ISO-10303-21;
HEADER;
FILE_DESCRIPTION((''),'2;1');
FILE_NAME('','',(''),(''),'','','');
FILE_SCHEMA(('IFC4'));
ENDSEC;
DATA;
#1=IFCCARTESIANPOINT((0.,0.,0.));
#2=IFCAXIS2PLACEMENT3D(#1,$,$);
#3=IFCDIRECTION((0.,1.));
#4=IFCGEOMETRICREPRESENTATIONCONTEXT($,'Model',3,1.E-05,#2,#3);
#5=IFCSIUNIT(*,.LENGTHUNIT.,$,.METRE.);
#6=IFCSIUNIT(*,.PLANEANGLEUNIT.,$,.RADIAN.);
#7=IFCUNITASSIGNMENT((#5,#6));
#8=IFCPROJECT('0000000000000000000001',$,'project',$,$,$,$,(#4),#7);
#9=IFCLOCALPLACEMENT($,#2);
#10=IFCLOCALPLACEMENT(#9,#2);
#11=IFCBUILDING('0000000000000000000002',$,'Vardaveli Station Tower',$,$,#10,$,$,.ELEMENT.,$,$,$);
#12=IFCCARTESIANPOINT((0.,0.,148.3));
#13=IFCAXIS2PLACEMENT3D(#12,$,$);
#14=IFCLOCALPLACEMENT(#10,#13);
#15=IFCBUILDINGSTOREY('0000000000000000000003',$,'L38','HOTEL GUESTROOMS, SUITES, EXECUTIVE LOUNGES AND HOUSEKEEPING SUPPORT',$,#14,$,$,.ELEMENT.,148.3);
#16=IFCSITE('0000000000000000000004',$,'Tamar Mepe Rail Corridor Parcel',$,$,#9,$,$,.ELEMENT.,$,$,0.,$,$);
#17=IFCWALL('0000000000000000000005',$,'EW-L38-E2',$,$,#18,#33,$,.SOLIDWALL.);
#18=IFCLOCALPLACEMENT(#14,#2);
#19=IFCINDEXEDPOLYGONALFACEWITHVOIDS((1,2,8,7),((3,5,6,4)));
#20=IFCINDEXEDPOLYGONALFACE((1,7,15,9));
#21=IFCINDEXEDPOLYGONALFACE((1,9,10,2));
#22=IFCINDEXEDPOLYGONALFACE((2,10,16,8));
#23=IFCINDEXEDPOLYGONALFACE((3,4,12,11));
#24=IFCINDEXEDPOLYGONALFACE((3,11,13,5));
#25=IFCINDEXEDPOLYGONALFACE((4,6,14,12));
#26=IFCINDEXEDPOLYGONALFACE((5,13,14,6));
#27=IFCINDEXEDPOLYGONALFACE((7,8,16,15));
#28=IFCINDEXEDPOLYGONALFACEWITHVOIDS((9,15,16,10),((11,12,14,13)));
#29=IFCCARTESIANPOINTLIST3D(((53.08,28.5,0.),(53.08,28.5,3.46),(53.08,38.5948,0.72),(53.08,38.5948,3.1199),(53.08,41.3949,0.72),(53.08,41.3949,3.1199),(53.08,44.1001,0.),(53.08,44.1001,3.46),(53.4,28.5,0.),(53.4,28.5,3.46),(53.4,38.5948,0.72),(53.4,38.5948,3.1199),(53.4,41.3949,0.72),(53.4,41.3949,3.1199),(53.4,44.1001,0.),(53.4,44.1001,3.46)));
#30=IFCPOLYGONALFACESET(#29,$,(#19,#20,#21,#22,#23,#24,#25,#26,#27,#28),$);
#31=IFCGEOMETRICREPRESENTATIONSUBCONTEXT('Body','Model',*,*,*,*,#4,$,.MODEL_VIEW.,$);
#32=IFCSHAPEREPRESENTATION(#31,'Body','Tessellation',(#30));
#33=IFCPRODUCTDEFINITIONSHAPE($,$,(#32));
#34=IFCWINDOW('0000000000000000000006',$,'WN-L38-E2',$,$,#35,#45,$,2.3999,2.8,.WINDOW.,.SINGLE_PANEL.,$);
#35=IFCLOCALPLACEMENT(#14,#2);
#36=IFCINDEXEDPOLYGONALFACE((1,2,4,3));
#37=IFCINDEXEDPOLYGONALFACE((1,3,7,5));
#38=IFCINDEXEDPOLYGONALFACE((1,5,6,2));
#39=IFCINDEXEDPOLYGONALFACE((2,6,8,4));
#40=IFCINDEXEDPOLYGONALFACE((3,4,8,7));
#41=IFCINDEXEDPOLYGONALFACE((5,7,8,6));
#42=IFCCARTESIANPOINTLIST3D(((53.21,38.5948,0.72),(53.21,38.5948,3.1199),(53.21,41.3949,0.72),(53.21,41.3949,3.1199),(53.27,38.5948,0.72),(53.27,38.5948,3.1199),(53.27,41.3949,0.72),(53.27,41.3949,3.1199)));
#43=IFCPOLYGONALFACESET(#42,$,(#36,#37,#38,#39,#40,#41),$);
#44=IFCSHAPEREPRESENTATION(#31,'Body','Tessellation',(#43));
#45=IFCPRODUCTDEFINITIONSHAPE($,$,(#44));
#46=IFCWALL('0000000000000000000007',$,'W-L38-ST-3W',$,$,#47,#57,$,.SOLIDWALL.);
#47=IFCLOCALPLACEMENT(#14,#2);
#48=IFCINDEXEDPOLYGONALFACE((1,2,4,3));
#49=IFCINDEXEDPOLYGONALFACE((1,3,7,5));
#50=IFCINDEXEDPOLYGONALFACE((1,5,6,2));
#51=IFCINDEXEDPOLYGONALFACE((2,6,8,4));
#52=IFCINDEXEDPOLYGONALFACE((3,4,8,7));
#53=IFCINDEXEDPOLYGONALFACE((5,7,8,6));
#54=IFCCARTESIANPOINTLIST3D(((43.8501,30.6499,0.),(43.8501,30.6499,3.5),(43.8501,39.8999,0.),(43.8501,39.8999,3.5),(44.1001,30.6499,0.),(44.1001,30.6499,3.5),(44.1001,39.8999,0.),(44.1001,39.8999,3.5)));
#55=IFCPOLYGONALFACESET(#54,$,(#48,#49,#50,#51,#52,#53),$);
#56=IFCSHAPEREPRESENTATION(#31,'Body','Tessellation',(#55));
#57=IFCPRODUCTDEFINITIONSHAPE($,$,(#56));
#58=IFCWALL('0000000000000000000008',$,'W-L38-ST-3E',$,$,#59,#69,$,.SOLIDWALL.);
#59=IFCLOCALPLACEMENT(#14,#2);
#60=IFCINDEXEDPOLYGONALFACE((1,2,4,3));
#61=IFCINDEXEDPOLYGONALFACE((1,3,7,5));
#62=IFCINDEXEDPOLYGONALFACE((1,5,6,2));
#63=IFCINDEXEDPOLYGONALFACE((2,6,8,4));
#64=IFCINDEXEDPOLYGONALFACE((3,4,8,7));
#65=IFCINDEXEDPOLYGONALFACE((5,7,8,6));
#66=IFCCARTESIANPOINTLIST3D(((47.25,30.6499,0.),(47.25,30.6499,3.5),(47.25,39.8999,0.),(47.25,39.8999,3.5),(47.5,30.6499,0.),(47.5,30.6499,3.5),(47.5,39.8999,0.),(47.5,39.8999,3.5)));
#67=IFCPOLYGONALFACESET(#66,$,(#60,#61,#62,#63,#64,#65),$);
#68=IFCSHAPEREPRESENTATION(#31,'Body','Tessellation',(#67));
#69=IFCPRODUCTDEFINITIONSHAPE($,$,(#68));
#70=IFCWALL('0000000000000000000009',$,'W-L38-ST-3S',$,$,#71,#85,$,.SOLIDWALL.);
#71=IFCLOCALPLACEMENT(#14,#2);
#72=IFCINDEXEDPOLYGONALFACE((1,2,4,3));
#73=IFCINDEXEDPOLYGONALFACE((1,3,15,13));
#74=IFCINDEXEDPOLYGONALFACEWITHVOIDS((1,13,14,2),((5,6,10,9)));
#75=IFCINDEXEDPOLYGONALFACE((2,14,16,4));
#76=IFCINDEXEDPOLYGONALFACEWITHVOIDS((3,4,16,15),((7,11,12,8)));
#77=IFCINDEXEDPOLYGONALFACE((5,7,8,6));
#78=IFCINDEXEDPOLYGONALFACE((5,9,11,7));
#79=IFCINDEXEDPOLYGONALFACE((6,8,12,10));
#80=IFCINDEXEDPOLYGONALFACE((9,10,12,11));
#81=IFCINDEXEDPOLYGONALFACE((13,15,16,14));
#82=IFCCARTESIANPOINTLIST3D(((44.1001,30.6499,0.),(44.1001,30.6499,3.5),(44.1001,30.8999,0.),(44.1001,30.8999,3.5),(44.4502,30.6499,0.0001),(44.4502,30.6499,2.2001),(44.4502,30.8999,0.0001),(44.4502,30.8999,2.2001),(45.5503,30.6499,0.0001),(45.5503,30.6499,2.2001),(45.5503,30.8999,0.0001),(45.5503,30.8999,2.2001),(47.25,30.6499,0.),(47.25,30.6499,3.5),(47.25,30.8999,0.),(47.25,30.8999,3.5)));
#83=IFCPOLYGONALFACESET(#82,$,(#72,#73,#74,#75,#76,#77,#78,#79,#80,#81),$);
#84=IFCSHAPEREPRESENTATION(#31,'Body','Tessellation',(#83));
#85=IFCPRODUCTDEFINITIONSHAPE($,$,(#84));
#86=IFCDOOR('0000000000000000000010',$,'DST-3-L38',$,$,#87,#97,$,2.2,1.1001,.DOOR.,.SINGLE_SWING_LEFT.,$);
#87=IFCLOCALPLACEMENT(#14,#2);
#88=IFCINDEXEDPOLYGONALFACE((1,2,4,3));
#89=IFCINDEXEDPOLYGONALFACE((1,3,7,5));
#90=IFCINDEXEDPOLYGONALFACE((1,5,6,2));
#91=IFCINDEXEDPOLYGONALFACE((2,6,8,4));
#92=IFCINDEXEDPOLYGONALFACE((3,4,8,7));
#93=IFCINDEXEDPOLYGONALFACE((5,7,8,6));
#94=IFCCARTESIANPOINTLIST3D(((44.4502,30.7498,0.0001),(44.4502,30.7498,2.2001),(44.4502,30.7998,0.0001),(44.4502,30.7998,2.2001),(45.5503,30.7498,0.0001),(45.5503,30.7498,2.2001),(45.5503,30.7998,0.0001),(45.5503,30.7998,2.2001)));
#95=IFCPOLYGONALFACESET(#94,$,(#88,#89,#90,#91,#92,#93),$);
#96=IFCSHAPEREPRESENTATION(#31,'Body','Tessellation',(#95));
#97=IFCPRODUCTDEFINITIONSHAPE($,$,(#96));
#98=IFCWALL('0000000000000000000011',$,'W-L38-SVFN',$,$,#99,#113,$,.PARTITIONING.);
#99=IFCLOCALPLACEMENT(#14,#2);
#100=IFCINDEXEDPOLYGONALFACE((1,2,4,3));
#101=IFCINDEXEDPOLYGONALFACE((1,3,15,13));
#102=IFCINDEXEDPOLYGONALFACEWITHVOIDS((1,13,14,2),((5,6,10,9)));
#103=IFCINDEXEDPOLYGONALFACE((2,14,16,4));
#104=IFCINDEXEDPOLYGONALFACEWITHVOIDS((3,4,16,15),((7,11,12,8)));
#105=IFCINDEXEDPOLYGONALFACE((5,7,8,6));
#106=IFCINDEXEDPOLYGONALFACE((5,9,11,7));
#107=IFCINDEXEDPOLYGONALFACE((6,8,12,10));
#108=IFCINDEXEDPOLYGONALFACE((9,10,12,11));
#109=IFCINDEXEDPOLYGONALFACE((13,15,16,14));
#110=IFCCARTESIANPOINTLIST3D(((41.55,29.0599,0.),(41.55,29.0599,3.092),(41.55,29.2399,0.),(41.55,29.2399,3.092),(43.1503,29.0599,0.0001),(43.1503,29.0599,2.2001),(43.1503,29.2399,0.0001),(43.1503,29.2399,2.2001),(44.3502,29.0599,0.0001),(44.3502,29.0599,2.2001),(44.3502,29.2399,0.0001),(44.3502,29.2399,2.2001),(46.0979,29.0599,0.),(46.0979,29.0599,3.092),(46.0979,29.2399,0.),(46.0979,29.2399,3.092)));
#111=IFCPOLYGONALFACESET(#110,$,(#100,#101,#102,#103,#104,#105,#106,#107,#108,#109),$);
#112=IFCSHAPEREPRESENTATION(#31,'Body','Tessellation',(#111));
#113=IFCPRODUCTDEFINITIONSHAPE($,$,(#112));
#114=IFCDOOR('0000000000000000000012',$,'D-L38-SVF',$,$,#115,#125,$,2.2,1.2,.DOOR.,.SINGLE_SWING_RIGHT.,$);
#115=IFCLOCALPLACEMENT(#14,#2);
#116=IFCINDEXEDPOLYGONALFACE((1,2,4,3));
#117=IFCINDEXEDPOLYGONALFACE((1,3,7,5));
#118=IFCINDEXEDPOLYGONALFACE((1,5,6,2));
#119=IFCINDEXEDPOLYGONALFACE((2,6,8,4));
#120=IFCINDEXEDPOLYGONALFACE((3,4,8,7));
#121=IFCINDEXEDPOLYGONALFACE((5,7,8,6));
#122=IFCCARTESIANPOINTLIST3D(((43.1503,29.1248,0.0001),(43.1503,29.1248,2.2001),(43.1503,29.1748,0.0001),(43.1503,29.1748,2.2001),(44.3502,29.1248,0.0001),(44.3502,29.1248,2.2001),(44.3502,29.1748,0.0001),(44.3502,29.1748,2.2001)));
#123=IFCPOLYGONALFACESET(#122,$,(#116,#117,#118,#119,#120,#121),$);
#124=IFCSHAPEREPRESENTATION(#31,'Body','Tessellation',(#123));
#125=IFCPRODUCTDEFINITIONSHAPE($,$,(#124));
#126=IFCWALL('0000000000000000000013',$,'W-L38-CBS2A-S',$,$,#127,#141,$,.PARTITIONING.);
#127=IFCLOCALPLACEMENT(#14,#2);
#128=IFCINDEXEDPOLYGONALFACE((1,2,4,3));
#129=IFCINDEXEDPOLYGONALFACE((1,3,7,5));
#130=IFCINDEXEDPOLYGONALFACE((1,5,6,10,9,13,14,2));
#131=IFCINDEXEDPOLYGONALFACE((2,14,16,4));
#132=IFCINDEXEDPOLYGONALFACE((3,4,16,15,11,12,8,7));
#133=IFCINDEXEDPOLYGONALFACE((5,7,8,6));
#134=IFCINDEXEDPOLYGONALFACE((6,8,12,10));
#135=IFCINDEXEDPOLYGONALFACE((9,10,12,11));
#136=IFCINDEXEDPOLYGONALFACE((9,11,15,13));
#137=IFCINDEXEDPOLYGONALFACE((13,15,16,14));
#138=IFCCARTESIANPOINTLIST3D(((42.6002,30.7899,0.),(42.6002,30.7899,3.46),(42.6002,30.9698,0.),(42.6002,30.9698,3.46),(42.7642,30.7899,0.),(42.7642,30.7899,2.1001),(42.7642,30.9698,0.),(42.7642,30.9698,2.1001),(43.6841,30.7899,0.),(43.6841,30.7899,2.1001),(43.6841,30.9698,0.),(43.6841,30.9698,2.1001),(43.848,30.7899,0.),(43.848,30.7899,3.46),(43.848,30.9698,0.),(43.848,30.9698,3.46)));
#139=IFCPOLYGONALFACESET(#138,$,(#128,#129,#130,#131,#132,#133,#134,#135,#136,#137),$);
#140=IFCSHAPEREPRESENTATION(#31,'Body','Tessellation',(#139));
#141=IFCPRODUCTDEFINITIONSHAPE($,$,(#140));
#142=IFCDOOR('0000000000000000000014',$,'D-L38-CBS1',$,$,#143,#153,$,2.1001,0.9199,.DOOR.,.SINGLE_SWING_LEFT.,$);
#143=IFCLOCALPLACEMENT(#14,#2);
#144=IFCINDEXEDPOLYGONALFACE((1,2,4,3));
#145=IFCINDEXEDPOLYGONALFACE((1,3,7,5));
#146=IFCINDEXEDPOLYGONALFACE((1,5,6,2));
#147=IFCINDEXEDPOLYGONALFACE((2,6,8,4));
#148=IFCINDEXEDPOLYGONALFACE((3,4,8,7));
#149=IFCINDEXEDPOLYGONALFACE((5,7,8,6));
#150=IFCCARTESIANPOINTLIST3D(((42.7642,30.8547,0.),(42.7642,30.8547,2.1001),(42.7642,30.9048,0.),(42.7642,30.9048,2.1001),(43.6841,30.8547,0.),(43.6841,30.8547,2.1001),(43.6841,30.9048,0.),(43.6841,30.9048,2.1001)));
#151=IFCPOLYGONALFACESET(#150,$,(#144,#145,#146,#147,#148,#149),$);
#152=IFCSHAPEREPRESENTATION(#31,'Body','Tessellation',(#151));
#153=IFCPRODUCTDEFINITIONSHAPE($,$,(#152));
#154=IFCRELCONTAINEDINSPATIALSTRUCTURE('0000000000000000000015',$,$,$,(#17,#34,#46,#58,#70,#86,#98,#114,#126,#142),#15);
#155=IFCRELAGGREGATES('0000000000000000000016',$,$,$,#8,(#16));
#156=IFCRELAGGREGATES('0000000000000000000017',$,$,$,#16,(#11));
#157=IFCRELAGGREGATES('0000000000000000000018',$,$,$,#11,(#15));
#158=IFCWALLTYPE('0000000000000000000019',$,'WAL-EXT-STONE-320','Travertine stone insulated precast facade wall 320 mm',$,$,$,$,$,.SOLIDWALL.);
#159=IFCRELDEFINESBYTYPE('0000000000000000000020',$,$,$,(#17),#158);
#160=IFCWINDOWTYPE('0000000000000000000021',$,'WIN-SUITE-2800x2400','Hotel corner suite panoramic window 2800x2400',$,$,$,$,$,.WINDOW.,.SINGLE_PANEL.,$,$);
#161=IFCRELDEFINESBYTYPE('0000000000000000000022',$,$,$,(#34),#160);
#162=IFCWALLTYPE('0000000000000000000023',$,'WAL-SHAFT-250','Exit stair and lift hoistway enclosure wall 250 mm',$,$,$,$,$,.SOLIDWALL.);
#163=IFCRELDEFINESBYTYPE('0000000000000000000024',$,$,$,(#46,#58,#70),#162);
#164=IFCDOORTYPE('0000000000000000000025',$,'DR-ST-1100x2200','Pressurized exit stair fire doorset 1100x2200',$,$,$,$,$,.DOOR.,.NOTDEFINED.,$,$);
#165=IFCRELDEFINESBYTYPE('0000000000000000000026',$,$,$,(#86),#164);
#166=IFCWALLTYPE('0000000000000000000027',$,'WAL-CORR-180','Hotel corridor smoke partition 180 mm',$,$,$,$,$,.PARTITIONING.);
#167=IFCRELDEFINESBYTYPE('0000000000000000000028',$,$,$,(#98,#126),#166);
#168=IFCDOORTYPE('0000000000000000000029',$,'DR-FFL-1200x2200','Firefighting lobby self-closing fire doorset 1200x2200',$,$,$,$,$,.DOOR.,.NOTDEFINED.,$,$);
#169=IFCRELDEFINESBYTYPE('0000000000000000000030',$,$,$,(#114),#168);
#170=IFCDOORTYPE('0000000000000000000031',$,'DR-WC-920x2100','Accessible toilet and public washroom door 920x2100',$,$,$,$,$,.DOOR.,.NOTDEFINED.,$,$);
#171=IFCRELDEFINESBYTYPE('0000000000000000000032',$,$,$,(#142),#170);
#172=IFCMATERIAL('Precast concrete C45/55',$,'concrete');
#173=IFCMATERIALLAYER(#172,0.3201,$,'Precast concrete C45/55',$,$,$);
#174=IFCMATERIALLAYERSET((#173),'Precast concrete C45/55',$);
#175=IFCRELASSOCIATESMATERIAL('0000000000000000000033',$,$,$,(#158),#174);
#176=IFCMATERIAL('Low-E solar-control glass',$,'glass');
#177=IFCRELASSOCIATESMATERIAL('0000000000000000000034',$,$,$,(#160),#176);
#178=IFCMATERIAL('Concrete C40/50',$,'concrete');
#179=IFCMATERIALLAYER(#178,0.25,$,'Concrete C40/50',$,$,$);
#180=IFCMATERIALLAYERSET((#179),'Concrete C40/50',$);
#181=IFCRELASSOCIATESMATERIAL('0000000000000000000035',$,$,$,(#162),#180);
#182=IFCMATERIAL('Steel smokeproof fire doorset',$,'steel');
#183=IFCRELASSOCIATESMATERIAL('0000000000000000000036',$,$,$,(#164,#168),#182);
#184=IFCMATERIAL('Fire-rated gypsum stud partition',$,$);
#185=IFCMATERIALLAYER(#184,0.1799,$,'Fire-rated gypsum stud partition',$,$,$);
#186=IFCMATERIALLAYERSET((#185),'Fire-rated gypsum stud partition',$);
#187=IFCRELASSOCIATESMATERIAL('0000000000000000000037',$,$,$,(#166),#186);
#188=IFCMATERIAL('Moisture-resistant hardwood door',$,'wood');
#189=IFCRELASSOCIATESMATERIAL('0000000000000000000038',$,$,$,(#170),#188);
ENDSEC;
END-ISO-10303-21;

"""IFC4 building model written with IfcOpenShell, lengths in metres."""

from ifc_helpers import new_model, si_unit, direction, frame, frame_2d, origin, place, context, subcontext, project, spatial, rectangle, extrude, source, transform, mapped, material, layer, layer_set, type_object, element, fill, save


model = new_model("IFC4")

# Units and contexts
model_context = context("Model", 3, precision=1e-05, world=origin(), true_north=direction((0.0, 1.0)))
body_context = subcontext(model_context, "Body", "Model", "MODEL_VIEW")
ifc_project = project(units=[si_unit("LENGTHUNIT", "METRE"), si_unit("PLANEANGLEUNIT", "RADIAN")], contexts=[model_context])

# Site, building, storey
site_placement = place(None, origin())
site = spatial("IfcSite", under=ifc_project, at=site_placement, Name="Tamar Mepe Rail Corridor Parcel", CompositionType="ELEMENT", RefElevation=0.0)
building_placement = place(site_placement, origin())
building = spatial("IfcBuilding", under=site, at=building_placement, Name="Vardaveli Station Tower", CompositionType="ELEMENT")
storey_placement = place(building_placement, frame((0.0, 0.0, 148.3)))
storey = spatial("IfcBuildingStorey", under=building, at=storey_placement, Name="L38", Description="HOTEL GUESTROOMS, SUITES, EXECUTIVE LOUNGES AND HOUSEKEEPING SUPPORT", CompositionType="ELEMENT", Elevation=148.3)

# Shared definitions
ifc_material_1 = material(Name="Precast concrete C45/55", Category="concrete")

# Wall, opening, window
ifc_layer_1 = layer(ifc_material_1, 0.3201, Name="Precast concrete C45/55")
ifc_layer_set_1 = layer_set([ifc_layer_1], Name="Precast concrete C45/55")
wall_type_1 = type_object("IfcWallType", Name="WAL-EXT-STONE-320", Description="Travertine stone insulated precast facade wall 320 mm", PredefinedType="SOLIDWALL", material=ifc_layer_set_1)
shared_shape_1 = source(origin(), body_context, "Body", "SweptSolid", [
    extrude(rectangle(XDim=15.6001, YDim=0.3201, at=frame_2d((7.8, 0.0))), origin(), (0.0, 0.0, 1.0), 3.46),
])
wall_1_placement = place(storey_placement, frame((53.24, 28.5, 0.0), z_axis=(0.0, 0.0, 1.0), x_axis=(0.0, 1.0, 0.0)))
wall_1 = element("IfcWall", 1, at=wall_1_placement, inside=storey, type_object=wall_type_1, Name="EW-L38-E2", PredefinedType="SOLIDWALL", context=body_context, shape_type="MappedRepresentation", body=[
    mapped(shared_shape_1, transform((0.0, 0.0, 0.0), scale=1.0)),
])
shared_shape_2 = source(origin(), body_context, "Body", "SweptSolid", [
    extrude(rectangle(XDim=2.8, YDim=2.3999, at=frame_2d((1.3999, 1.2))), frame((0.0, 0.1699, 0.0), z_axis=(0.0, -1.0, 0.0), x_axis=(1.0, 0.0, 0.0)), (0.0, 0.0, 1.0), 0.3401),
])
opening_1_placement = place(wall_1_placement, frame((10.095, 0.0, 0.72)))
opening_1 = element("IfcOpeningElement", 2, at=opening_1_placement, cuts=wall_1, PredefinedType="OPENING", context=body_context, shape_type="MappedRepresentation", body=[
    mapped(shared_shape_2, transform((0.0, 0.0, 0.0), scale=1.0)),
])
ifc_material_2 = material(Name="Low-E solar-control glass", Category="glass")
window_type = type_object("IfcWindowType", Name="WIN-SUITE-2800x2400", Description="Hotel corner suite panoramic window 2800x2400", PartitioningType="SINGLE_PANEL", PredefinedType="WINDOW", material=ifc_material_2)
shared_shape_3 = source(origin(), body_context, "Body", "SweptSolid", [
    extrude(rectangle(XDim=2.8, YDim=2.3999, at=frame_2d((1.3999, 1.2))), frame((0.0, 0.03, 0.0), z_axis=(0.0, -1.0, 0.0), x_axis=(1.0, 0.0, 0.0)), (0.0, 0.0, 1.0), 0.0601),
])
window_placement = place(opening_1_placement, origin())
window = element("IfcWindow", 3, at=window_placement, inside=storey, type_object=window_type, Name="WN-L38-E2", OverallHeight=2.3999, OverallWidth=2.8, PartitioningType="SINGLE_PANEL", PredefinedType="WINDOW", context=body_context, shape_type="MappedRepresentation", body=[
    mapped(shared_shape_3, transform((0.0, 0.0, 0.0), scale=1.0)),
])
fill(opening_1, window)

# Walls
ifc_material_3 = material(Name="Concrete C40/50", Category="concrete")
ifc_layer_2 = layer(ifc_material_3, 0.25, Name="Concrete C40/50")
ifc_layer_set_2 = layer_set([ifc_layer_2], Name="Concrete C40/50")
wall_type_2 = type_object("IfcWallType", Name="WAL-SHAFT-250", Description="Exit stair and lift hoistway enclosure wall 250 mm", PredefinedType="SOLIDWALL", material=ifc_layer_set_2)
shared_shape_4 = source(origin(), body_context, "Body", "SweptSolid", [
    extrude(rectangle(XDim=9.25, YDim=0.25, at=frame_2d((4.625, 0.0))), origin(), (0.0, 0.0, 1.0), 3.5),
])
for number, where, z_axis, x_axis, name in (
    (4, (43.9751, 30.6499, 0.0), (0.0, 0.0, 1.0), (0.0, 1.0, 0.0), "W-L38-ST-3W"),
    (5, (47.375, 30.6499, 0.0), (0.0, 0.0, 1.0), (0.0, 1.0, 0.0), "W-L38-ST-3E"),
):
    element("IfcWall", number, at=place(storey_placement, frame(where, z_axis=z_axis, x_axis=x_axis)), inside=storey, type_object=wall_type_2, Name=name, PredefinedType="SOLIDWALL", context=body_context, shape_type="MappedRepresentation", body=[
        mapped(shared_shape_4, transform((0.0, 0.0, 0.0), scale=1.0)),
    ])

# Walls, openings, doors
shared_shape_5 = source(origin(), body_context, "Body", "SweptSolid", [
    extrude(rectangle(XDim=3.1499, YDim=0.25, at=frame_2d((1.575, 0.0))), origin(), (0.0, 0.0, 1.0), 3.5),
])
wall_2_placement = place(storey_placement, frame((44.1001, 30.7749, 0.0), z_axis=(0.0, 0.0, 1.0), x_axis=(1.0, 0.0, 0.0)))
wall_2 = element("IfcWall", 6, at=wall_2_placement, inside=storey, type_object=wall_type_2, Name="W-L38-ST-3S", PredefinedType="SOLIDWALL", context=body_context, shape_type="MappedRepresentation", body=[
    mapped(shared_shape_5, transform((0.0, 0.0, 0.0), scale=1.0)),
])
shared_shape_6 = source(origin(), body_context, "Body", "SweptSolid", [
    extrude(rectangle(XDim=1.1001, YDim=2.2, at=frame_2d((0.55, 1.1001))), frame((0.0, 0.135, 0.0), z_axis=(0.0, -1.0, 0.0), x_axis=(1.0, 0.0, 0.0)), (0.0, 0.0, 1.0), 0.27),
])
opening_2_placement = place(wall_2_placement, frame((0.3501, 0.0, 0.0)))
opening_2 = element("IfcOpeningElement", 7, at=opening_2_placement, cuts=wall_2, PredefinedType="OPENING", context=body_context, shape_type="MappedRepresentation", body=[
    mapped(shared_shape_6, transform((0.0, 0.0, 0.0), scale=1.0)),
])
ifc_material_4 = material(Name="Steel smokeproof fire doorset", Category="steel")
door_type_1 = type_object("IfcDoorType", Name="DR-ST-1100x2200", Description="Pressurized exit stair fire doorset 1100x2200", OperationType="NOTDEFINED", PredefinedType="DOOR", material=ifc_material_4)
shared_shape_7 = source(origin(), body_context, "Body", "SweptSolid", [
    extrude(rectangle(XDim=1.1001, YDim=2.2, at=frame_2d((0.55, 1.1001))), frame((0.0, 0.0249, 0.0), z_axis=(0.0, -1.0, 0.0), x_axis=(1.0, 0.0, 0.0)), (0.0, 0.0, 1.0), 0.05),
])
door_1_placement = place(opening_2_placement, origin())
door_1 = element("IfcDoor", 8, at=door_1_placement, inside=storey, type_object=door_type_1, Name="DST-3-L38", OperationType="SINGLE_SWING_LEFT", OverallHeight=2.2, OverallWidth=1.1001, PredefinedType="DOOR", context=body_context, shape_type="MappedRepresentation", body=[
    mapped(shared_shape_7, transform((0.0, 0.0, 0.0), scale=1.0)),
])
fill(opening_2, door_1)
ifc_material_5 = material(Name="Fire-rated gypsum stud partition")
ifc_layer_3 = layer(ifc_material_5, 0.1799, Name="Fire-rated gypsum stud partition")
ifc_layer_set_3 = layer_set([ifc_layer_3], Name="Fire-rated gypsum stud partition")
wall_type_3 = type_object("IfcWallType", Name="WAL-CORR-180", Description="Hotel corridor smoke partition 180 mm", PredefinedType="PARTITIONING", material=ifc_layer_set_3)
shared_shape_8 = source(origin(), body_context, "Body", "SweptSolid", [
    extrude(rectangle(XDim=4.5479, YDim=0.1799, at=frame_2d((2.2739, 0.0))), origin(), (0.0, 0.0, 1.0), 3.092),
])
wall_3_placement = place(storey_placement, frame((41.55, 29.1499, 0.0), z_axis=(0.0, 0.0, 1.0), x_axis=(1.0, 0.0, 0.0)))
wall_3 = element("IfcWall", 9, at=wall_3_placement, inside=storey, type_object=wall_type_3, Name="W-L38-SVFN", PredefinedType="PARTITIONING", context=body_context, shape_type="MappedRepresentation", body=[
    mapped(shared_shape_8, transform((0.0, 0.0, 0.0), scale=1.0)),
])
shared_shape_9 = source(origin(), body_context, "Body", "SweptSolid", [
    extrude(rectangle(XDim=1.2, YDim=2.2, at=frame_2d((0.6001, 1.1001))), frame((0.0, 0.1001, 0.0), z_axis=(0.0, -1.0, 0.0), x_axis=(1.0, 0.0, 0.0)), (0.0, 0.0, 1.0), 0.2),
])
opening_3_placement = place(wall_3_placement, frame((1.6001, 0.0, 0.0)))
opening_3 = element("IfcOpeningElement", 10, at=opening_3_placement, cuts=wall_3, PredefinedType="OPENING", context=body_context, shape_type="MappedRepresentation", body=[
    mapped(shared_shape_9, transform((0.0, 0.0, 0.0), scale=1.0)),
])
door_type_2 = type_object("IfcDoorType", Name="DR-FFL-1200x2200", Description="Firefighting lobby self-closing fire doorset 1200x2200", OperationType="NOTDEFINED", PredefinedType="DOOR", material=ifc_material_4)
shared_shape_10 = source(origin(), body_context, "Body", "SweptSolid", [
    extrude(rectangle(XDim=1.2, YDim=2.2, at=frame_2d((0.6001, 1.1001))), frame((0.0, 0.0249, 0.0), z_axis=(0.0, -1.0, 0.0), x_axis=(1.0, 0.0, 0.0)), (0.0, 0.0, 1.0), 0.05),
])
door_2_placement = place(opening_3_placement, origin())
door_2 = element("IfcDoor", 11, at=door_2_placement, inside=storey, type_object=door_type_2, Name="D-L38-SVF", OperationType="SINGLE_SWING_RIGHT", OverallHeight=2.2, OverallWidth=1.2, PredefinedType="DOOR", context=body_context, shape_type="MappedRepresentation", body=[
    mapped(shared_shape_10, transform((0.0, 0.0, 0.0), scale=1.0)),
])
fill(opening_3, door_2)
shared_shape_11 = source(origin(), body_context, "Body", "SweptSolid", [
    extrude(rectangle(XDim=1.2478, YDim=0.1799, at=frame_2d((0.624, 0.0))), origin(), (0.0, 0.0, 1.0), 3.46),
])
wall_4_placement = place(storey_placement, frame((42.6001, 30.8799, 0.0), z_axis=(0.0, 0.0, 1.0), x_axis=(1.0, 0.0, 0.0)))
wall_4 = element("IfcWall", 12, at=wall_4_placement, inside=storey, type_object=wall_type_3, Name="W-L38-CBS2A-S", PredefinedType="PARTITIONING", context=body_context, shape_type="MappedRepresentation", body=[
    mapped(shared_shape_11, transform((0.0, 0.0, 0.0), scale=1.0)),
])
shared_shape_12 = source(origin(), body_context, "Body", "SweptSolid", [
    extrude(rectangle(XDim=0.9199, YDim=2.1001, at=frame_2d((0.46, 1.05))), frame((0.0, 0.1001, 0.0), z_axis=(0.0, -1.0, 0.0), x_axis=(1.0, 0.0, 0.0)), (0.0, 0.0, 1.0), 0.2),
])
opening_4_placement = place(wall_4_placement, frame((0.1641, 0.0, 0.0)))
opening_4 = element("IfcOpeningElement", 13, at=opening_4_placement, cuts=wall_4, PredefinedType="OPENING", context=body_context, shape_type="MappedRepresentation", body=[
    mapped(shared_shape_12, transform((0.0, 0.0, 0.0), scale=1.0)),
])
ifc_material_6 = material(Name="Moisture-resistant hardwood door", Category="wood")
door_type_3 = type_object("IfcDoorType", Name="DR-WC-920x2100", Description="Accessible toilet and public washroom door 920x2100", OperationType="NOTDEFINED", PredefinedType="DOOR", material=ifc_material_6)
shared_shape_13 = source(origin(), body_context, "Body", "SweptSolid", [
    extrude(rectangle(XDim=0.9199, YDim=2.1001, at=frame_2d((0.46, 1.05))), frame((0.0, 0.0249, 0.0), z_axis=(0.0, -1.0, 0.0), x_axis=(1.0, 0.0, 0.0)), (0.0, 0.0, 1.0), 0.05),
])
door_3_placement = place(opening_4_placement, origin())
door_3 = element("IfcDoor", 14, at=door_3_placement, inside=storey, type_object=door_type_3, Name="D-L38-CBS1", OperationType="SINGLE_SWING_LEFT", OverallHeight=2.1001, OverallWidth=0.9199, PredefinedType="DOOR", context=body_context, shape_type="MappedRepresentation", body=[
    mapped(shared_shape_13, transform((0.0, 0.0, 0.0), scale=1.0)),
])
fill(opening_4, door_3)

save(model, "model.ifc")
